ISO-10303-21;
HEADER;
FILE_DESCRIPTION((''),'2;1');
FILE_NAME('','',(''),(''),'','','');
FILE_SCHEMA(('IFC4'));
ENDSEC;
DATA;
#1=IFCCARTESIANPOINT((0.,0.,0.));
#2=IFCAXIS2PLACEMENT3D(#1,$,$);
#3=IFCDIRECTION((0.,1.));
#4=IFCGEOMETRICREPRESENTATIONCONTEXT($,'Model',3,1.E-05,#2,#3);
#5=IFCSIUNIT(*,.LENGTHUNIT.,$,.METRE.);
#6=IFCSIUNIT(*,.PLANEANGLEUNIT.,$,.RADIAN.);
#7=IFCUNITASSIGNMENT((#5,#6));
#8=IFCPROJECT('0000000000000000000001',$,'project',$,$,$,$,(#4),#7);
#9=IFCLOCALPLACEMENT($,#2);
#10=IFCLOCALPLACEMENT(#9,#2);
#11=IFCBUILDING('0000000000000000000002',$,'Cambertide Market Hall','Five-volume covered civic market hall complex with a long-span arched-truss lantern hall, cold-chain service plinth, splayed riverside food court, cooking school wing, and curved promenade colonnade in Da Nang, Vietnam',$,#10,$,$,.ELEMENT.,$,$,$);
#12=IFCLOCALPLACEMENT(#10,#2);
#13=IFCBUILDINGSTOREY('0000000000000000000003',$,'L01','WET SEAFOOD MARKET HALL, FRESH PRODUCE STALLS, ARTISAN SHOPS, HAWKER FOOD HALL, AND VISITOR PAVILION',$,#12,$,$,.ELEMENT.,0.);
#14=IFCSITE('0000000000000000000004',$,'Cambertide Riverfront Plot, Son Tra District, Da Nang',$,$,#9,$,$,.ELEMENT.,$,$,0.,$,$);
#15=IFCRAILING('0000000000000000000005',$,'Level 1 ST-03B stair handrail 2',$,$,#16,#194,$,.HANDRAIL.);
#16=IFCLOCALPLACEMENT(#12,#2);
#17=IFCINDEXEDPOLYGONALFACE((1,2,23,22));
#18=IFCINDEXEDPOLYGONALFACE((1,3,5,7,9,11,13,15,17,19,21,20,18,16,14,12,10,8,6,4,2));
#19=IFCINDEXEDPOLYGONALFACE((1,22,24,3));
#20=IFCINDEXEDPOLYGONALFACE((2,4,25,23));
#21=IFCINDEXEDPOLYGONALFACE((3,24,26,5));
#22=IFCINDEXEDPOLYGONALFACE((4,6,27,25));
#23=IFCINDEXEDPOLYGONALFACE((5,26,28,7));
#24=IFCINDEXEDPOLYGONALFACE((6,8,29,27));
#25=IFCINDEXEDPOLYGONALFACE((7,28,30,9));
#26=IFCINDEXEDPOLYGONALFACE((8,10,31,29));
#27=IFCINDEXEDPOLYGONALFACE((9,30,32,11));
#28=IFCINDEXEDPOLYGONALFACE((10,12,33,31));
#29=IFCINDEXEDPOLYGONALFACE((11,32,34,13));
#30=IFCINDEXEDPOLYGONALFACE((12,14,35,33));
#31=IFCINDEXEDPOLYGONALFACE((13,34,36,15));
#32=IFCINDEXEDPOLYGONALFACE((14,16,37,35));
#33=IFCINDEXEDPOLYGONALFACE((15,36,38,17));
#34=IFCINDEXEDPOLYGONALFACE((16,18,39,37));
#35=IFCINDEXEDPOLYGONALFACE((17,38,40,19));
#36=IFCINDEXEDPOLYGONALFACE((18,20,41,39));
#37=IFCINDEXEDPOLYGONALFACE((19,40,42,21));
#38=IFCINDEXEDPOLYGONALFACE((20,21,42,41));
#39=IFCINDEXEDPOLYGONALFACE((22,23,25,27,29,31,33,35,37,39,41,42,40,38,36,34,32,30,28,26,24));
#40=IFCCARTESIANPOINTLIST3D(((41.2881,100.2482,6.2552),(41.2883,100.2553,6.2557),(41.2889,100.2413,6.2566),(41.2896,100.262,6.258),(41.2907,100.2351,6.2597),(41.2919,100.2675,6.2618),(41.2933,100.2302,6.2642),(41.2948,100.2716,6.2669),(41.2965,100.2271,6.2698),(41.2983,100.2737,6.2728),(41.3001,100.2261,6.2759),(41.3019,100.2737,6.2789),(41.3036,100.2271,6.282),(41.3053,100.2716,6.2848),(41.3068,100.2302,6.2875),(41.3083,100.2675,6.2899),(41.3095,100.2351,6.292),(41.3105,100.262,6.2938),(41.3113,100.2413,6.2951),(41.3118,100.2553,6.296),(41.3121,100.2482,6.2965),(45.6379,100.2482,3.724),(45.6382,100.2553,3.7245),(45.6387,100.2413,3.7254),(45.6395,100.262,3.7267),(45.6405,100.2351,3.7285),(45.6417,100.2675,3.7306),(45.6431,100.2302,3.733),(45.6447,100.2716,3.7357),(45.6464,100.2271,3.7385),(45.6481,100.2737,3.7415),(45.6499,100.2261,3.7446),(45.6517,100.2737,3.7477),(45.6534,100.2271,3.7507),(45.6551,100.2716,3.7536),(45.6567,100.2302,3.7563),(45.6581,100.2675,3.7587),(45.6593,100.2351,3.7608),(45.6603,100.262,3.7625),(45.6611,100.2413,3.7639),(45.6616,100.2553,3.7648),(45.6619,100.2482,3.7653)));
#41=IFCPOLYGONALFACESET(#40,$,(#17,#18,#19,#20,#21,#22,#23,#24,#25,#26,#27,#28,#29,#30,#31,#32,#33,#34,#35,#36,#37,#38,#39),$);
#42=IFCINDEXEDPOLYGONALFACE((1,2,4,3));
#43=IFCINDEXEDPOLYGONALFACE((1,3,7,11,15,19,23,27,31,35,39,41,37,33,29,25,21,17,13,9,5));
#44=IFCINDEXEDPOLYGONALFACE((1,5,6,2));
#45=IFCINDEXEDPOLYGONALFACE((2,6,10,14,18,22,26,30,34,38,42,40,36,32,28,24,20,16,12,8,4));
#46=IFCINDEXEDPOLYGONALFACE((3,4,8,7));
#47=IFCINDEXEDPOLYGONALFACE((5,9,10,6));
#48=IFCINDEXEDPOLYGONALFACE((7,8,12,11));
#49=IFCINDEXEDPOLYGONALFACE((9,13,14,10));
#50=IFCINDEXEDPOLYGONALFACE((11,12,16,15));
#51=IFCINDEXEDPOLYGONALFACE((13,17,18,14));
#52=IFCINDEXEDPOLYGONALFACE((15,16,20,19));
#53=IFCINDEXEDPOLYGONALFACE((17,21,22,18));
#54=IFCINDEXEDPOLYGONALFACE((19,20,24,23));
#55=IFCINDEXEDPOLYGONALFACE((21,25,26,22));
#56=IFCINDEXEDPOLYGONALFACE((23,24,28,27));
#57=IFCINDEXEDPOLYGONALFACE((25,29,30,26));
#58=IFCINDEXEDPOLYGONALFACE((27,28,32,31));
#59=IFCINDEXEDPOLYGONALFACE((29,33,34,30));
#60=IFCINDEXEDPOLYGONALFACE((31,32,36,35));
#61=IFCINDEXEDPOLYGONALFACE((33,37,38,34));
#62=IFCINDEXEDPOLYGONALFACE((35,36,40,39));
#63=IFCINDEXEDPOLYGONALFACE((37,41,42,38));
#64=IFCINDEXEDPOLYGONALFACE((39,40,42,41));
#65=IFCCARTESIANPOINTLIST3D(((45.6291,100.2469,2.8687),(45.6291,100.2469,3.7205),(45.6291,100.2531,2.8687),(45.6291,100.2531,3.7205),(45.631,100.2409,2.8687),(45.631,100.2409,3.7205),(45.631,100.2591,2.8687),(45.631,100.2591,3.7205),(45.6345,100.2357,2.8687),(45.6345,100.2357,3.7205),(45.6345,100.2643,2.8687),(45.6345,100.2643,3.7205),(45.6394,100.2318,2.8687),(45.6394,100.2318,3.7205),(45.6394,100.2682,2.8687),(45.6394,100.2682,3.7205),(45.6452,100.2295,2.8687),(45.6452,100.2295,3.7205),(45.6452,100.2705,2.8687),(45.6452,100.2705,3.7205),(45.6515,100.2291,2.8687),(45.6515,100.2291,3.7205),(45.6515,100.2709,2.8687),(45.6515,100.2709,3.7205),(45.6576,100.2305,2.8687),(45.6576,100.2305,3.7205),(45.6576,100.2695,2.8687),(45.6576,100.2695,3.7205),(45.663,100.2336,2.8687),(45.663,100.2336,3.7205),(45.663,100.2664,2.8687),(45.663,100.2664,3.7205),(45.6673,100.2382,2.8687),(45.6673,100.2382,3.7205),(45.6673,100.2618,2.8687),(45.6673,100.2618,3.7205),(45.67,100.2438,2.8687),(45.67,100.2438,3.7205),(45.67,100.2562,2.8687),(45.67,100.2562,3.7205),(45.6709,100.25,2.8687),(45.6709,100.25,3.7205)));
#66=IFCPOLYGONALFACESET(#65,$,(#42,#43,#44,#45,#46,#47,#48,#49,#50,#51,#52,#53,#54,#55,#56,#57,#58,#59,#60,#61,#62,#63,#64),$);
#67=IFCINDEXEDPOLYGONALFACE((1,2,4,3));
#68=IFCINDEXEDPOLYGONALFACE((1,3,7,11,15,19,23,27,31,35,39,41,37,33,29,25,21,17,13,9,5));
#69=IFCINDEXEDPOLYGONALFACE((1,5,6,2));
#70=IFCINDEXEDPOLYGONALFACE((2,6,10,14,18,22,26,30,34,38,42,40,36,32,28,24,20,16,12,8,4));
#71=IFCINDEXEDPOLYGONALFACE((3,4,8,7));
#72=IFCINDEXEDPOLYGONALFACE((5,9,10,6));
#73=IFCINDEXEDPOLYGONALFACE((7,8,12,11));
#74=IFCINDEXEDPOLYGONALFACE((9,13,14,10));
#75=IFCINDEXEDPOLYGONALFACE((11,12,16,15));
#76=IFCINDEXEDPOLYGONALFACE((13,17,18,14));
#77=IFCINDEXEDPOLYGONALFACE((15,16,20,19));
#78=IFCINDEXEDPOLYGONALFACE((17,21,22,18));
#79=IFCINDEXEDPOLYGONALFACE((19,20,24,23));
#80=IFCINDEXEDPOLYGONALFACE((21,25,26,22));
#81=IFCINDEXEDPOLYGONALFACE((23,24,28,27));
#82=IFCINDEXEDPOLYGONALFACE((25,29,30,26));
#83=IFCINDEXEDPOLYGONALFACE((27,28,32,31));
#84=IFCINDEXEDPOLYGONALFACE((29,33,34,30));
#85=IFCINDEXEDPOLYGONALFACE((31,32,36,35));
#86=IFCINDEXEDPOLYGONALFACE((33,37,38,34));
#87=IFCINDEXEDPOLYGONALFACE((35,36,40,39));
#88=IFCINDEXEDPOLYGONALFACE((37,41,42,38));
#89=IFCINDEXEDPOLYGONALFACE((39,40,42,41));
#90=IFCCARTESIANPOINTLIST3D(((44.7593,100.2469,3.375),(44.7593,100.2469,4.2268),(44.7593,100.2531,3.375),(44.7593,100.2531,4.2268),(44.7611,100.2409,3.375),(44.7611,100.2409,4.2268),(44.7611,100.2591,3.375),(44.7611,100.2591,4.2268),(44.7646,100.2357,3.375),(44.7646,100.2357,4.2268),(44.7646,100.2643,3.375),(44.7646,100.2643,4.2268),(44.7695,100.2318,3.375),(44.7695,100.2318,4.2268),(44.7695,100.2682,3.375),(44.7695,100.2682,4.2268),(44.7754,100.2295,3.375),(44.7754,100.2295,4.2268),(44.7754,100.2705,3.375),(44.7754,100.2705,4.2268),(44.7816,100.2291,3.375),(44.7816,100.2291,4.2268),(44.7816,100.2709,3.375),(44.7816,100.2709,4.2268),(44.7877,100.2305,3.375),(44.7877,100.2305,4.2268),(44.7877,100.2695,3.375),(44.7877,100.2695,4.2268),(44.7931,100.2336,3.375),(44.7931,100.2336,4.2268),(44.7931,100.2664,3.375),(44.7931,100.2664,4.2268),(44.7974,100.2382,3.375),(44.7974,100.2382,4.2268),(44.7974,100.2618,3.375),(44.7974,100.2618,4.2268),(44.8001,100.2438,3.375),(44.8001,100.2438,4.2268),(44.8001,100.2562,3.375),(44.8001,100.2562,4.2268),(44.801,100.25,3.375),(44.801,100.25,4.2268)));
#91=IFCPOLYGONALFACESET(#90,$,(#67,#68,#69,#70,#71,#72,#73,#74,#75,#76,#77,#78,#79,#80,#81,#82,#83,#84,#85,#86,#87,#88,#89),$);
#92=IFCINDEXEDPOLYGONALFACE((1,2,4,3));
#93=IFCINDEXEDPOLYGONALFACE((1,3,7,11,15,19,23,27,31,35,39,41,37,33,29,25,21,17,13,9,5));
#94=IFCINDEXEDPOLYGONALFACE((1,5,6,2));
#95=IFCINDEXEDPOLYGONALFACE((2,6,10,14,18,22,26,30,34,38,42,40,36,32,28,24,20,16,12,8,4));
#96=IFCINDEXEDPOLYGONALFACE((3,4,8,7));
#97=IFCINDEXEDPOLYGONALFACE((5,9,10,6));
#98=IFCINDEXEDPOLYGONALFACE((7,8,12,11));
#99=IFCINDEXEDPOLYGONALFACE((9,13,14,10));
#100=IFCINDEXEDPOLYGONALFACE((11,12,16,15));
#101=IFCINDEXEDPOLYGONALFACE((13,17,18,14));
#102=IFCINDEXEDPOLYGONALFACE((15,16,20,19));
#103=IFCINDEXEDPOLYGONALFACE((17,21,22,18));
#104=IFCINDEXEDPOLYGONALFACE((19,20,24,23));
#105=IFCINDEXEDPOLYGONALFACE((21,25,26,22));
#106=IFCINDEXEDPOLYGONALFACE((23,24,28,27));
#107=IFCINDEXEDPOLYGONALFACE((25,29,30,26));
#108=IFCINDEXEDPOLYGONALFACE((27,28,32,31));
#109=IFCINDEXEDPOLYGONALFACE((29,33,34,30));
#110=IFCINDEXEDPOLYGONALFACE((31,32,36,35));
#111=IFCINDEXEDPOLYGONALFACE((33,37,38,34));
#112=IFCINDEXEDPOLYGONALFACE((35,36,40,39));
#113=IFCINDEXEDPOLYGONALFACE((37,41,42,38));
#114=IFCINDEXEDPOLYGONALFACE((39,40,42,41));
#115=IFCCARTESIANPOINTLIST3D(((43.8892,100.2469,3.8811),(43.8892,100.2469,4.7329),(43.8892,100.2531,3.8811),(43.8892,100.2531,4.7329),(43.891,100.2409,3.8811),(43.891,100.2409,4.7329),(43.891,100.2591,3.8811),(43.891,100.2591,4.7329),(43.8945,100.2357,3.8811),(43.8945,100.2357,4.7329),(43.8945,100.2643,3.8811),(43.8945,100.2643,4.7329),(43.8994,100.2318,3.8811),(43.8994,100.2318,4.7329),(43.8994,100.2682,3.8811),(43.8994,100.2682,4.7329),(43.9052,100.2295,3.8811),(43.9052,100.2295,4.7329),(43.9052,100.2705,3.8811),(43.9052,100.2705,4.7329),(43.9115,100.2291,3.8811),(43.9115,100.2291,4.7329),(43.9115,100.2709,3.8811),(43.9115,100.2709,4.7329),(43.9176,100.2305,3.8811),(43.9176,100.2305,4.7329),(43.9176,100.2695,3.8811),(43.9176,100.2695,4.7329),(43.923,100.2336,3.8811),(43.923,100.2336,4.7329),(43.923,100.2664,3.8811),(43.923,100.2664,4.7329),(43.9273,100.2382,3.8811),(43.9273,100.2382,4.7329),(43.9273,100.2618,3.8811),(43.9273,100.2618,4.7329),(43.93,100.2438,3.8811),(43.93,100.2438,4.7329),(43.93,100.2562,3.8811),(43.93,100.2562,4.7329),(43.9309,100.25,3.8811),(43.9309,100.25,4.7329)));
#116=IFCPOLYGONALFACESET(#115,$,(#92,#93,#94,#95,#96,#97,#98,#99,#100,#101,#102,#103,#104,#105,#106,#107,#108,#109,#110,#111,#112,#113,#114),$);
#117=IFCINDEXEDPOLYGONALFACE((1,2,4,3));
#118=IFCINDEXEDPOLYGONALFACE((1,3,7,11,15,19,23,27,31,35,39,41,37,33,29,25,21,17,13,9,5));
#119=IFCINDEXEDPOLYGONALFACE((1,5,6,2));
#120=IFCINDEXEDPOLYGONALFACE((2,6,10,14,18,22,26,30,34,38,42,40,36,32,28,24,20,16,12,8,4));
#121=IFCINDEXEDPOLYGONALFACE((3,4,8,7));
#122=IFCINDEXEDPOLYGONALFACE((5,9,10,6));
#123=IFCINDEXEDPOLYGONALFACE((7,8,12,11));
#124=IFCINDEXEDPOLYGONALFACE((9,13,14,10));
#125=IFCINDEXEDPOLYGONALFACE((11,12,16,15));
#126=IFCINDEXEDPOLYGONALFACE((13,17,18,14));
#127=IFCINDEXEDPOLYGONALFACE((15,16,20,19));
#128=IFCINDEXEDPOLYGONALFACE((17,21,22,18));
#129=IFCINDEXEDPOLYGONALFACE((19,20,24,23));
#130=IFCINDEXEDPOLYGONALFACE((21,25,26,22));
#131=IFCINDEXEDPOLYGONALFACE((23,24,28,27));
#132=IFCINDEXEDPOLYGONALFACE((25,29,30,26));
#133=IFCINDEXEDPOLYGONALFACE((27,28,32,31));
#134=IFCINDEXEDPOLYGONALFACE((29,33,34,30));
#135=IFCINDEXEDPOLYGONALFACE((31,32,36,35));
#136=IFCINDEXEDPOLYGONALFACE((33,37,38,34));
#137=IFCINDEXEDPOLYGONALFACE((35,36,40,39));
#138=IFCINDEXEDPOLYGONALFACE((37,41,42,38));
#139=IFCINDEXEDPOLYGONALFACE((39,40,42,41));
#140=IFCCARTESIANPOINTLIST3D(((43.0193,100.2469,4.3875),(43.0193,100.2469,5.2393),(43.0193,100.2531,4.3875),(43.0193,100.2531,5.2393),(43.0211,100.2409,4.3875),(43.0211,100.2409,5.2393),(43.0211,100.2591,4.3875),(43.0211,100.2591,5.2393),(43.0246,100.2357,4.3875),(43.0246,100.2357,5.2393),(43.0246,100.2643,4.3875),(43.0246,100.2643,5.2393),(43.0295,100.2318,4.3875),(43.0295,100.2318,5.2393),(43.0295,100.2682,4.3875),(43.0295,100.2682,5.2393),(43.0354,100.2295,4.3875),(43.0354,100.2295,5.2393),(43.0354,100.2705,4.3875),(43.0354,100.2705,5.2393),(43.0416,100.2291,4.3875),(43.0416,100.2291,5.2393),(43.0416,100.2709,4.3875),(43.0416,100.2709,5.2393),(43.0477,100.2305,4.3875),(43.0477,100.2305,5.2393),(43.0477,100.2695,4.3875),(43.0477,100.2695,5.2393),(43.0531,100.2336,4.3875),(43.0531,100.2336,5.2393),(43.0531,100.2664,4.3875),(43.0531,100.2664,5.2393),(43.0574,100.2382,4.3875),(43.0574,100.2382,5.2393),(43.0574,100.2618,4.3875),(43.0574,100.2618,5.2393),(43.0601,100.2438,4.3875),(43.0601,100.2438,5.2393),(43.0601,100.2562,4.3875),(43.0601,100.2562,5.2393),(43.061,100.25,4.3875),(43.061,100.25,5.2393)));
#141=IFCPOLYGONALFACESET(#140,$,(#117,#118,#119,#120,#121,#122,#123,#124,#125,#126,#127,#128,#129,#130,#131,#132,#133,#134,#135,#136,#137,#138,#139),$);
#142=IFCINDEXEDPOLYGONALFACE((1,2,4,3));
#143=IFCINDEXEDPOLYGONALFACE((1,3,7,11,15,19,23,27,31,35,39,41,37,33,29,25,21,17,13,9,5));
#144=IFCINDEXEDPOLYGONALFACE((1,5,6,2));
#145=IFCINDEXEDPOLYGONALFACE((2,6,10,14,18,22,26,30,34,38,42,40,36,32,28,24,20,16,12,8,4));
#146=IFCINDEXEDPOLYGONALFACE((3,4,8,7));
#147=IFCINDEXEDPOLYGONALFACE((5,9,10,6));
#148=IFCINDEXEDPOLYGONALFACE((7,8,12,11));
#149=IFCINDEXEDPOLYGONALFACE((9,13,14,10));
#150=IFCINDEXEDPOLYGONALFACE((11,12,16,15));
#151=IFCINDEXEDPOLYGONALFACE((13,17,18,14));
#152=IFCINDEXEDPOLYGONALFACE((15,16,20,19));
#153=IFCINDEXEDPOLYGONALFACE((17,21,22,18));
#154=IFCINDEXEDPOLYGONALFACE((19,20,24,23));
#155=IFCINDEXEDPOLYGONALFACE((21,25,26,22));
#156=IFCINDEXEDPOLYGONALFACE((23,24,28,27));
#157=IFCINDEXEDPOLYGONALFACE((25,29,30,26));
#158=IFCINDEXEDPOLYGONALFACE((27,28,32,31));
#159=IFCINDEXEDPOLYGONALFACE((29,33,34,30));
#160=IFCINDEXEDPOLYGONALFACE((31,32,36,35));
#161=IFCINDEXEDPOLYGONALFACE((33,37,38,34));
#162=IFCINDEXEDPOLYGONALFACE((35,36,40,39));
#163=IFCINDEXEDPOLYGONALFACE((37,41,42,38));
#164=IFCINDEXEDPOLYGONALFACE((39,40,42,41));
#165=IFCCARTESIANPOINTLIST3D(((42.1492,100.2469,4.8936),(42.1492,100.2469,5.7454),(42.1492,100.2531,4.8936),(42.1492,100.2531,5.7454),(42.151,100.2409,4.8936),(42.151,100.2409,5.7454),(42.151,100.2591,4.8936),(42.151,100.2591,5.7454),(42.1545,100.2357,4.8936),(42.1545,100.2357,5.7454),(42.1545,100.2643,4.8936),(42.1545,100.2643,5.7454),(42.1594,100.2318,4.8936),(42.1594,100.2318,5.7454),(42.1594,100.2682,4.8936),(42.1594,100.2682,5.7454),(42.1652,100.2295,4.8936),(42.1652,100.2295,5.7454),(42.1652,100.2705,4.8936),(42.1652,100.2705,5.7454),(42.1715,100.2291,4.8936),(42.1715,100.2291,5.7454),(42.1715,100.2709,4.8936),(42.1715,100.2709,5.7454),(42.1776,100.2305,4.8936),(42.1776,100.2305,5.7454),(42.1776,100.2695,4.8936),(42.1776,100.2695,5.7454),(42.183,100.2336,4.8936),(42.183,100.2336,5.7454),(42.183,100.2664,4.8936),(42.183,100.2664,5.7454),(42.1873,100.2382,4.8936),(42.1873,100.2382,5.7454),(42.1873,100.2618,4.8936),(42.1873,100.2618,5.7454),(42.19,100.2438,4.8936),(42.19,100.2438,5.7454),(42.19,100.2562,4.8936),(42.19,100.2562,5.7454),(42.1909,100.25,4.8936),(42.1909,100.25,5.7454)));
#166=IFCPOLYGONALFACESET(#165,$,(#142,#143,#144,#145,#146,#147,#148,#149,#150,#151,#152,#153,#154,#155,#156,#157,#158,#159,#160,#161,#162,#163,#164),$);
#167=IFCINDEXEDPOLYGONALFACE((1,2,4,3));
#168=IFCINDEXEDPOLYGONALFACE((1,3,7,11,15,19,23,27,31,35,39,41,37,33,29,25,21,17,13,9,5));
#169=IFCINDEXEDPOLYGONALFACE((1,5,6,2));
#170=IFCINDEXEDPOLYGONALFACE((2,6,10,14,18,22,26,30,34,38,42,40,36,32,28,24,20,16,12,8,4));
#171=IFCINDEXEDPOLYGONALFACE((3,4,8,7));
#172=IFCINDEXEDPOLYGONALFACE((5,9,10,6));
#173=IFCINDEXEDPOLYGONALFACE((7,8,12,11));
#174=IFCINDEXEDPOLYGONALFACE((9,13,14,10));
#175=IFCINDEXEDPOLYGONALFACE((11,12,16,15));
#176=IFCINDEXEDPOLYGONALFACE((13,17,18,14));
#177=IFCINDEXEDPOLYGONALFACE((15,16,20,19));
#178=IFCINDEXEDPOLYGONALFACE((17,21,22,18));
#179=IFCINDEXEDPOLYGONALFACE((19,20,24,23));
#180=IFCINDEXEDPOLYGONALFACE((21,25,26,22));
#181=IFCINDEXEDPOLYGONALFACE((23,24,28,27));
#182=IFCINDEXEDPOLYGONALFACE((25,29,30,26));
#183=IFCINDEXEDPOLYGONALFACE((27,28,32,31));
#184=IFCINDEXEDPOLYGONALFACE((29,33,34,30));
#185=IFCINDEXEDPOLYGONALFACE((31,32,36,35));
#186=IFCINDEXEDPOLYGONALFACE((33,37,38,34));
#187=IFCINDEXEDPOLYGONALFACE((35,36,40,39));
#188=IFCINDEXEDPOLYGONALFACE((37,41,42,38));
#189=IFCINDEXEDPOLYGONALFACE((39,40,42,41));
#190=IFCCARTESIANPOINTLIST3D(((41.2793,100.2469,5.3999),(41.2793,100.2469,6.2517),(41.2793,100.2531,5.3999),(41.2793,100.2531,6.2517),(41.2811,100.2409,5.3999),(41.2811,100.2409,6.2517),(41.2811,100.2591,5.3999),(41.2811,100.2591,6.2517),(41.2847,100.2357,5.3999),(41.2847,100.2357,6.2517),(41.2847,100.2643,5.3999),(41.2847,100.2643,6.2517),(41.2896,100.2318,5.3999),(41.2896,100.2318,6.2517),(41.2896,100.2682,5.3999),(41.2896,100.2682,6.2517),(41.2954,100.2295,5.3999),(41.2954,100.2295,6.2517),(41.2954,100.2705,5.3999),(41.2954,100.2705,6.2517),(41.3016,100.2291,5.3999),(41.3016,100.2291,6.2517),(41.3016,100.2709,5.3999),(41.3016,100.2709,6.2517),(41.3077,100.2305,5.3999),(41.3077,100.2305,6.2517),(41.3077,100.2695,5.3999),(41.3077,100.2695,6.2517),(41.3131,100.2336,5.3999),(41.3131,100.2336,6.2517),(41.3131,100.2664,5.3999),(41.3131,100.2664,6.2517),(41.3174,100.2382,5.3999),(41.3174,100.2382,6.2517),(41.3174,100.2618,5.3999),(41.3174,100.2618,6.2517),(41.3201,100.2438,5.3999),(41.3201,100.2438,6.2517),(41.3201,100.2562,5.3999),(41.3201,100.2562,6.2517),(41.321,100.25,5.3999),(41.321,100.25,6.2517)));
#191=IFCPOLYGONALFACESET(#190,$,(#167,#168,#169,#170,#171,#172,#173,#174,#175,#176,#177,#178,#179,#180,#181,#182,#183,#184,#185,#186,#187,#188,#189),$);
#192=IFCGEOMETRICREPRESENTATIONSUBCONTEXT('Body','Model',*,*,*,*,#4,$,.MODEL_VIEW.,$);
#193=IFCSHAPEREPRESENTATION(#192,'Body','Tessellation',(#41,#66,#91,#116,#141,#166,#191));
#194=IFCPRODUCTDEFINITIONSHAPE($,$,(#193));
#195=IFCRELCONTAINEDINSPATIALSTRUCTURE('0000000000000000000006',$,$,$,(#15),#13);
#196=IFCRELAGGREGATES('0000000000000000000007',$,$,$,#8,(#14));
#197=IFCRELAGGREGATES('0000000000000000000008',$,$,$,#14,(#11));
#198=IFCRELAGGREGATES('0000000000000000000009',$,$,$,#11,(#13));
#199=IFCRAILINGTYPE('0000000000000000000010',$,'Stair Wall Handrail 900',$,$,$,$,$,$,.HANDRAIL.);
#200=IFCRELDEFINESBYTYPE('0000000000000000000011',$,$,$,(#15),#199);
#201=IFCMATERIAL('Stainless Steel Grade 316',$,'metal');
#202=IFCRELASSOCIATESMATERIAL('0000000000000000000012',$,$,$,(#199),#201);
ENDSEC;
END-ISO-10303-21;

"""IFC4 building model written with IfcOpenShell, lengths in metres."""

from ifc_helpers import new_model, si_unit, direction, frame, origin, origin_2d, place, context, subcontext, project, spatial, circle, extrude, material, type_object, element, save


model = new_model("IFC4")

# Units and contexts
model_context = context("Model", 3, precision=1e-05, world=origin(), true_north=direction((0.0, 1.0)))
body_context = subcontext(model_context, "Body", "Model", "MODEL_VIEW")
ifc_project = project(units=[si_unit("LENGTHUNIT", "METRE"), si_unit("PLANEANGLEUNIT", "RADIAN")], contexts=[model_context])

# Site, building, storey
site_placement = place(None, origin())
site = spatial("IfcSite", under=ifc_project, at=site_placement, Name="Cambertide Riverfront Plot, Son Tra District, Da Nang", CompositionType="ELEMENT", RefElevation=0.0)
building_placement = place(site_placement, origin())
building = spatial("IfcBuilding", under=site, at=building_placement, Name="Cambertide Market Hall", Description="Five-volume covered civic market hall complex with a long-span arched-truss lantern hall, cold-chain service plinth, splayed riverside food court, cooking school wing, and curved promenade colonnade in Da Nang, Vietnam", CompositionType="ELEMENT")
storey_placement = place(building_placement, origin())
storey = spatial("IfcBuildingStorey", under=building, at=storey_placement, Name="L01", Description="WET SEAFOOD MARKET HALL, FRESH PRODUCE STALLS, ARTISAN SHOPS, HAWKER FOOD HALL, AND VISITOR PAVILION", CompositionType="ELEMENT", Elevation=0.0)

# Railing
ifc_material_1 = material(Name="Stainless Steel Grade 316", Category="metal")
railing_type_1 = type_object("IfcRailingType", Name="Stair Wall Handrail 900", PredefinedType="HANDRAIL", material=ifc_material_1)
railing_1_placement = place(storey_placement, frame((45.6499, 100.25, 2.8687)))
element("IfcRailing", 1, at=railing_1_placement, inside=storey, type_object=railing_type_1, Name="Level 1 ST-03B stair handrail 2", PredefinedType="HANDRAIL", context=body_context, shape_type="SweptSolid", body=[
    extrude(circle(Radius=0.0239, at=origin_2d()), frame((0.0, 0.0, 0.876), z_axis=(-0.864312, 0.0, 0.502957), x_axis=(0.0, -1.0, 0.0)), (0.0, 0.0, 1.0), 5.0327),
    extrude(circle(Radius=0.021, at=origin_2d()), origin(), (0.0, 0.0, 1.0), 0.8518),
    extrude(circle(Radius=0.021, at=origin_2d()), frame((-0.8699, 0.0, 0.5063)), (0.0, 0.0, 1.0), 0.8518),
    extrude(circle(Radius=0.021, at=origin_2d()), frame((-1.74, 0.0, 1.0125)), (0.0, 0.0, 1.0), 0.8518),
    extrude(circle(Radius=0.021, at=origin_2d()), frame((-2.6099, 0.0, 1.5188)), (0.0, 0.0, 1.0), 0.8518),
    extrude(circle(Radius=0.021, at=origin_2d()), frame((-3.48, 0.0, 2.0249)), (0.0, 0.0, 1.0), 0.8518),
    extrude(circle(Radius=0.021, at=origin_2d()), frame((-4.3499, 0.0, 2.5312)), (0.0, 0.0, 1.0), 0.8518),
])

save(model, "model.ifc")
